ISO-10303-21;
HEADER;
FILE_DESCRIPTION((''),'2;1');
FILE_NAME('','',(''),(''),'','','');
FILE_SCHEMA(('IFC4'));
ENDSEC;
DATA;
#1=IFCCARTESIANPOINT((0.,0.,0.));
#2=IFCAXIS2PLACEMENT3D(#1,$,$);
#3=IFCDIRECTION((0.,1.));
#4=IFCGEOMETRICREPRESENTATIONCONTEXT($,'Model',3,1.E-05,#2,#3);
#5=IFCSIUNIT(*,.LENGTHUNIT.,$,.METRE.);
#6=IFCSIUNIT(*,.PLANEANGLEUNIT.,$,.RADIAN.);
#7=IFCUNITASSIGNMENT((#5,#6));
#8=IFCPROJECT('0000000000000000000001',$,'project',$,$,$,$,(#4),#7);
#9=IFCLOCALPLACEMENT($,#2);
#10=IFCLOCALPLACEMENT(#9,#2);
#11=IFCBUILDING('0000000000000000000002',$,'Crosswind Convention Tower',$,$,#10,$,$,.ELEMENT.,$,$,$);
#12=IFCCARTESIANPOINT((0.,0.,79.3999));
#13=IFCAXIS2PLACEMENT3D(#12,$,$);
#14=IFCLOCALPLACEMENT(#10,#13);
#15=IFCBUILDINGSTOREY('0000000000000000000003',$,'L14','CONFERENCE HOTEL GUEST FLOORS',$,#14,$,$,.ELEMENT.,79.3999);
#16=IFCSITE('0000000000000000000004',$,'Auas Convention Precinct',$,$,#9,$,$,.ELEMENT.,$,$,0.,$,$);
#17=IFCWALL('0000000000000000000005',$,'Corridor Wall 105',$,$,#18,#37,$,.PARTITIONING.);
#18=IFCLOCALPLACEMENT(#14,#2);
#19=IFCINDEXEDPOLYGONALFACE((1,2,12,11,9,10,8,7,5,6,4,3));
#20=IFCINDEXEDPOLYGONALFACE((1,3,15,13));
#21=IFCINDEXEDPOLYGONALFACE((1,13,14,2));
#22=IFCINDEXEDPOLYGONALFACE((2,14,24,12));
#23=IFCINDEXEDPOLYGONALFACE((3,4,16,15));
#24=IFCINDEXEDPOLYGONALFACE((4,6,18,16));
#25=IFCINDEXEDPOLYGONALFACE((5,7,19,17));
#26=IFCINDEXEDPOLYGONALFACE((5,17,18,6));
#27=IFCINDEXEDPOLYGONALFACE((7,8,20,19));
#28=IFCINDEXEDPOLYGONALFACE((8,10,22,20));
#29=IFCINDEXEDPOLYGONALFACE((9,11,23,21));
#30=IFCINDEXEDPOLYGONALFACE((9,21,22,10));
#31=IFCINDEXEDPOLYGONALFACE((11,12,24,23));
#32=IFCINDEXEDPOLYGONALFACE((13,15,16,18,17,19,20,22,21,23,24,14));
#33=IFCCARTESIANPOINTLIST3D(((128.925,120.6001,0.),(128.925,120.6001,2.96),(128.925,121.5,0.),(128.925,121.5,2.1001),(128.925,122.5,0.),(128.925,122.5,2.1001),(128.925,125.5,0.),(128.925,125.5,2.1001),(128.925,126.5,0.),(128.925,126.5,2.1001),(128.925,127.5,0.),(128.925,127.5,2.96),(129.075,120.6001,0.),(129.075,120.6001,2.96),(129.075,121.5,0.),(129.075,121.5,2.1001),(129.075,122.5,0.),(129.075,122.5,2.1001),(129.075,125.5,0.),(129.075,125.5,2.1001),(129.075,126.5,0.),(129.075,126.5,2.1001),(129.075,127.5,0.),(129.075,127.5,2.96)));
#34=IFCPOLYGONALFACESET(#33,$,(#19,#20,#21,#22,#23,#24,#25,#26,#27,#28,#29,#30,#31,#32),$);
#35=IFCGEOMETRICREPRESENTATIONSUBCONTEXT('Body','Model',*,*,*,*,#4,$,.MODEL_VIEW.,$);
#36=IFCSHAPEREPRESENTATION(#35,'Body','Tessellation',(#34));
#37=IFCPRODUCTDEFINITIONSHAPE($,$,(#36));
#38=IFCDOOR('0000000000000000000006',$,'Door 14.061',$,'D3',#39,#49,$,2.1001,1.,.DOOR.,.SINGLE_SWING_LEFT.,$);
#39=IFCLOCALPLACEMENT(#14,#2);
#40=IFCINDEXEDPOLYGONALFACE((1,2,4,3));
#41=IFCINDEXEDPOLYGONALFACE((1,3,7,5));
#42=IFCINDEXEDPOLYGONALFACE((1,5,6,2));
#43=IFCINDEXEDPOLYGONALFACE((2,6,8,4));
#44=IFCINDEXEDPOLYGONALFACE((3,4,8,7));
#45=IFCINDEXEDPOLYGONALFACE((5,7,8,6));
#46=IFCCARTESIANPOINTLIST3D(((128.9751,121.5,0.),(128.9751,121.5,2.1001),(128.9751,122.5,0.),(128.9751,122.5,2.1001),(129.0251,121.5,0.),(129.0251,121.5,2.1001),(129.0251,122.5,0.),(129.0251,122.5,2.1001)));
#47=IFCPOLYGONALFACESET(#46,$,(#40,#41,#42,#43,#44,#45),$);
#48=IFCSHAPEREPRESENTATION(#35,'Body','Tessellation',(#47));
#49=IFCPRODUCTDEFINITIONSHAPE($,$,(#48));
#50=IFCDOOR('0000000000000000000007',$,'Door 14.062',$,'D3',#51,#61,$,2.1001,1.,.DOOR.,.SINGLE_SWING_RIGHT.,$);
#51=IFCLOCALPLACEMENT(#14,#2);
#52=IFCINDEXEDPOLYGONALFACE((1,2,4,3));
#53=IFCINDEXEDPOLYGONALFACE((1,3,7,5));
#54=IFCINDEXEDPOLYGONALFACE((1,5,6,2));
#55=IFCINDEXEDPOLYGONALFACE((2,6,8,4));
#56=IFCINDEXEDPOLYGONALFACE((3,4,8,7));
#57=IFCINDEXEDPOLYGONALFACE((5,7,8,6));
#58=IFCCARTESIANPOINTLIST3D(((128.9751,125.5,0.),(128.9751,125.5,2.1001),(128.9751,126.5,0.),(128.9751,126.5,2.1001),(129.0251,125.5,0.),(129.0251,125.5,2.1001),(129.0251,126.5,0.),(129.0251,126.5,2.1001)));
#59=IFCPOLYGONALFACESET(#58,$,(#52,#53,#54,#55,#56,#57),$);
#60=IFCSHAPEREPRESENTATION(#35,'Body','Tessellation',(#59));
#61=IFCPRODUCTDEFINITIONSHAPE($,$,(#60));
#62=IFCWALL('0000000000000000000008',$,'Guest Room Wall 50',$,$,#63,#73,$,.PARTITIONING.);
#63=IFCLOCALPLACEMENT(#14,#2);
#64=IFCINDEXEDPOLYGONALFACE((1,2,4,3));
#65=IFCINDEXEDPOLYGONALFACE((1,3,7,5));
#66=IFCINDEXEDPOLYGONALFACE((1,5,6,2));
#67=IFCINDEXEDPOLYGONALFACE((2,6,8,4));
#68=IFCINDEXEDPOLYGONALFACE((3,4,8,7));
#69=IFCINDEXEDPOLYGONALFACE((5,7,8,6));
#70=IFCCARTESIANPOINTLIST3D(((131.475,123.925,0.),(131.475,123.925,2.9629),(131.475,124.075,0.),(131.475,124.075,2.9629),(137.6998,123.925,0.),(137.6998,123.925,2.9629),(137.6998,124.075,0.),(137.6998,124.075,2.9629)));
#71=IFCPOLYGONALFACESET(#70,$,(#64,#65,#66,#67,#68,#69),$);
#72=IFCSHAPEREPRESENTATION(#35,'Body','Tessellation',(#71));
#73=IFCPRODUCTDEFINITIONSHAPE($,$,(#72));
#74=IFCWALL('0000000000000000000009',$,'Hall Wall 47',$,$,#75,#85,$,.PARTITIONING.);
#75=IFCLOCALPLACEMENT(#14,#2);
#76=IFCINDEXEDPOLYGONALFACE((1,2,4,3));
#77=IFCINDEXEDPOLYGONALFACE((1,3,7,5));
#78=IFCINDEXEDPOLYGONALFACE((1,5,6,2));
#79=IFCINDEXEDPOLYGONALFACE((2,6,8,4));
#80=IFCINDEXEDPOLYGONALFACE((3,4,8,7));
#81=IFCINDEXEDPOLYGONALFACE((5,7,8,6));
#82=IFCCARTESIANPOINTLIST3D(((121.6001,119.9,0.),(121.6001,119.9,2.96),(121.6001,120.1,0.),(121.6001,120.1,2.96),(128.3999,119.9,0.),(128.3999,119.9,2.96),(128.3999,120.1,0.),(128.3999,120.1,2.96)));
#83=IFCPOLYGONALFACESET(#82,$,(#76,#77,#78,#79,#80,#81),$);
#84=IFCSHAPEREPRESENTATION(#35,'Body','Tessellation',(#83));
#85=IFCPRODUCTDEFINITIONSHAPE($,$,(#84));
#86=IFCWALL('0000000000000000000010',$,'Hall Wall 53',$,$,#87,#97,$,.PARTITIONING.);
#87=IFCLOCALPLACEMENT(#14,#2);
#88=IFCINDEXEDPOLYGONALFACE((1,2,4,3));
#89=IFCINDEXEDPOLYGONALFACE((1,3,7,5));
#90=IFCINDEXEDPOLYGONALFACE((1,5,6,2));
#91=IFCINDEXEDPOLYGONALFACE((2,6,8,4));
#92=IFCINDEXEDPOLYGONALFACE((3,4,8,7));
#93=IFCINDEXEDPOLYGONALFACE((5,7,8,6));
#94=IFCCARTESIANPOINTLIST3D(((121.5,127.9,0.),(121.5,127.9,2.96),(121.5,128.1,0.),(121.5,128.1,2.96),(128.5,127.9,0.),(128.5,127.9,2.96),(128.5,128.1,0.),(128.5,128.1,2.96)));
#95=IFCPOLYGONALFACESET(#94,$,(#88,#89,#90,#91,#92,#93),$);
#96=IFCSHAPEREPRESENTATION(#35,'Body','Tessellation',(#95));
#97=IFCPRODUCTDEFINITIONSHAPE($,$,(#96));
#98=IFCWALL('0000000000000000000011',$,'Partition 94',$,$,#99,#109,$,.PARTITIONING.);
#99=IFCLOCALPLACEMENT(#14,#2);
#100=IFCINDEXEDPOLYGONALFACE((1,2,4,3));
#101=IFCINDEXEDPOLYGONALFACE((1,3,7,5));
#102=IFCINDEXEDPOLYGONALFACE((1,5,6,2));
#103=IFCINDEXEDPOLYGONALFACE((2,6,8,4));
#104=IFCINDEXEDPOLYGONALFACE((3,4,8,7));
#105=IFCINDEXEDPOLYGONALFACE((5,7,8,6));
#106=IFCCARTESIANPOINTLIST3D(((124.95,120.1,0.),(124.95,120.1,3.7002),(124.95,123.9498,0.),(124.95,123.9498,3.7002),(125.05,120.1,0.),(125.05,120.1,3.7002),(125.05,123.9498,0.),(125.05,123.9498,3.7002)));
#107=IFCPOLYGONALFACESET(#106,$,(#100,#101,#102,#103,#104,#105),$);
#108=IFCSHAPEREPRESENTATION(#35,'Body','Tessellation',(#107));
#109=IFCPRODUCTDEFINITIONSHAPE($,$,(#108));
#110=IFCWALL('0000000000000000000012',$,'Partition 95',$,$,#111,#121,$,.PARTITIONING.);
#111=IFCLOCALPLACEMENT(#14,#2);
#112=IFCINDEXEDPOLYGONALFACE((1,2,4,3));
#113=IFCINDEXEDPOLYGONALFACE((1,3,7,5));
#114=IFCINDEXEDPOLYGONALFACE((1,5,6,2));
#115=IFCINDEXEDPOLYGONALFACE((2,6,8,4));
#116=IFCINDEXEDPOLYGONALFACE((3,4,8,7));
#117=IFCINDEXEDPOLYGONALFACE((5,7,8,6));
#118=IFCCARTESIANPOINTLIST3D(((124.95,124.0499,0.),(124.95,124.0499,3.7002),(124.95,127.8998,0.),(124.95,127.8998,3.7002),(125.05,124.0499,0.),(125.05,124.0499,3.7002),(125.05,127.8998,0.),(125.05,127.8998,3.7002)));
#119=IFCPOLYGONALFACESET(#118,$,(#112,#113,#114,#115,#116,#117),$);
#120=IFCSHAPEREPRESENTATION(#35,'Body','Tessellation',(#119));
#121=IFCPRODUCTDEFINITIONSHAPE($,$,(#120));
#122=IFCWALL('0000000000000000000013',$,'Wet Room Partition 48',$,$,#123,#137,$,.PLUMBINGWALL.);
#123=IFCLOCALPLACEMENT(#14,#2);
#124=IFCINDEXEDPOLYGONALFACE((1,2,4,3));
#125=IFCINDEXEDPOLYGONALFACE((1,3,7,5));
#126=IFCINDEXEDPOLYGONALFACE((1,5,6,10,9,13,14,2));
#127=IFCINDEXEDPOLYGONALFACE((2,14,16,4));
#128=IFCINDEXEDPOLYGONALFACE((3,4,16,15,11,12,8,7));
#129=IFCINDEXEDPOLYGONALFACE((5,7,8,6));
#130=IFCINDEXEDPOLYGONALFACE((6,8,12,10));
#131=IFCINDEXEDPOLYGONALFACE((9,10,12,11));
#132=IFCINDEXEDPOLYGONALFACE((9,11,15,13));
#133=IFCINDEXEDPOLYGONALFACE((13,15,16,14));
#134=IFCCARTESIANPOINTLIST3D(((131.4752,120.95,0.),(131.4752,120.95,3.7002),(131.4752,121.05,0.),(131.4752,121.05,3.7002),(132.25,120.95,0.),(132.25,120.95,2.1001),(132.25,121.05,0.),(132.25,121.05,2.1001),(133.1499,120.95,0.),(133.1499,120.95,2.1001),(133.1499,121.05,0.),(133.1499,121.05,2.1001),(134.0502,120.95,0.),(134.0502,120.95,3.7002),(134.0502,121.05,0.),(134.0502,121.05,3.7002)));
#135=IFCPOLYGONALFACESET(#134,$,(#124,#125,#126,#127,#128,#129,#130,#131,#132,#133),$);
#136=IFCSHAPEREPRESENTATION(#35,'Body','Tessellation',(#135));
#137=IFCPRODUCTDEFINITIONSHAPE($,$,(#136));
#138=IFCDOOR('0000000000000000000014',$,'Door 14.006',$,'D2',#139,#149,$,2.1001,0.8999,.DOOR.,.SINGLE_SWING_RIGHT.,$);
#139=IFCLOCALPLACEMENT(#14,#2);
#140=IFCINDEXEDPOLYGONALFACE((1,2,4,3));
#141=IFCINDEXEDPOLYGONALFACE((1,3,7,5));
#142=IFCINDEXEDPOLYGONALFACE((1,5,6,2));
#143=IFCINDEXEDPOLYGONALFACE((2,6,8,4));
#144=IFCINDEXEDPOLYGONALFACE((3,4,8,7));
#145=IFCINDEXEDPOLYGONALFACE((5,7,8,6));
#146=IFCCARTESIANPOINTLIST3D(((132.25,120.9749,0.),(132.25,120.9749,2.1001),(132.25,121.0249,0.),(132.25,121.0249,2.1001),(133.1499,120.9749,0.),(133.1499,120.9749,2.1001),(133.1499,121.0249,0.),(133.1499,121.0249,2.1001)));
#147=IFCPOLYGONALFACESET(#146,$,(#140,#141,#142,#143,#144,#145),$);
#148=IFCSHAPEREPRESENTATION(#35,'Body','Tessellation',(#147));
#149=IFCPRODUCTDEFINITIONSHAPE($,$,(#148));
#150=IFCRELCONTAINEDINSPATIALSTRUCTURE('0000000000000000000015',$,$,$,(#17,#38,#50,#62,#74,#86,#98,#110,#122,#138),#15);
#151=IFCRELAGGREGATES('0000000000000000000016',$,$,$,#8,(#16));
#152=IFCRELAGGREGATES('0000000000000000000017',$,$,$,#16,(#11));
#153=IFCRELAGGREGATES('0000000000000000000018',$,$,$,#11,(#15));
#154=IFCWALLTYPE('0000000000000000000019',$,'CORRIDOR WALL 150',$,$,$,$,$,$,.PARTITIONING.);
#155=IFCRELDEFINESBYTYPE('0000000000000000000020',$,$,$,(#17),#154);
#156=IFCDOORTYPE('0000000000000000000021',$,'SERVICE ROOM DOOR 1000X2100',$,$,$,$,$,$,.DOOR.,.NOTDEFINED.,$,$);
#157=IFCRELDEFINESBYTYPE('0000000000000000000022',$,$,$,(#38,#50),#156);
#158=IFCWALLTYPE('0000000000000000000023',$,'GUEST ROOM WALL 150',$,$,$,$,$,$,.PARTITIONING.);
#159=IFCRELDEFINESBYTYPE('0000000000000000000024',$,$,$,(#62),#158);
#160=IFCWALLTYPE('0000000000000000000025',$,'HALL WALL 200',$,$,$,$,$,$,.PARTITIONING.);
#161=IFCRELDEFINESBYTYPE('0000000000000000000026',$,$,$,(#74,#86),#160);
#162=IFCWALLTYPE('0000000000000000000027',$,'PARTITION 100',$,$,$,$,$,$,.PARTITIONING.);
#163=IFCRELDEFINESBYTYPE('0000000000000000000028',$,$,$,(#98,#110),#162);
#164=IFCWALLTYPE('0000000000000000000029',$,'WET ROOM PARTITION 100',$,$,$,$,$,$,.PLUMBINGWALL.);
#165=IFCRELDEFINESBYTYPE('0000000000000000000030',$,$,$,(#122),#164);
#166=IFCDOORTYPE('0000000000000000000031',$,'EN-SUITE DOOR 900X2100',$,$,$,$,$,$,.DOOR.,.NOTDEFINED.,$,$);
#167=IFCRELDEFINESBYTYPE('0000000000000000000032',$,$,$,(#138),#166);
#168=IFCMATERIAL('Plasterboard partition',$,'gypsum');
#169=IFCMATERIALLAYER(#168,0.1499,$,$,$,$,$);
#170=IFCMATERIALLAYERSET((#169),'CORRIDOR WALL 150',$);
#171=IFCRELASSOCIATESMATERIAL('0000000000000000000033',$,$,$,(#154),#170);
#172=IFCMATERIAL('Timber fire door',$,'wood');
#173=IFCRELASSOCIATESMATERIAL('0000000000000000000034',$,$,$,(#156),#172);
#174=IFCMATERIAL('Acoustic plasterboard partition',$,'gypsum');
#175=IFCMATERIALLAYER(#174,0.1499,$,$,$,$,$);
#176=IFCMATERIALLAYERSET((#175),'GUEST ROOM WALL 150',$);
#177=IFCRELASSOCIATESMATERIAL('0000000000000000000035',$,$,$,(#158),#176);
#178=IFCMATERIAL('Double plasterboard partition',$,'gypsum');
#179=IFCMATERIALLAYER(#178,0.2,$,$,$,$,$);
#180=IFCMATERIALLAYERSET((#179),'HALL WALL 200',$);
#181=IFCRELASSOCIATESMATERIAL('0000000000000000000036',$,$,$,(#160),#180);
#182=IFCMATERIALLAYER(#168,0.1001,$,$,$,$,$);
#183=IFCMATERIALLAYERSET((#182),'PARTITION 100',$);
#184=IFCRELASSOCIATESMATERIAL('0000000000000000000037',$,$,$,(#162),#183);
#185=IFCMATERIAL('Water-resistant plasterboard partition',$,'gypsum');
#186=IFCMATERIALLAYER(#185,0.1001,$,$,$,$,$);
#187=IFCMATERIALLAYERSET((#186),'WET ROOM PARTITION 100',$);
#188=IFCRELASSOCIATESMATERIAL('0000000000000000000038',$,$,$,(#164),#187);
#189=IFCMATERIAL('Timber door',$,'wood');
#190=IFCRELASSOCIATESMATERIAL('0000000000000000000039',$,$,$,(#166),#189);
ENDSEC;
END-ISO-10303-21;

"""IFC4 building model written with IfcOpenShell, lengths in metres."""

from ifc_helpers import new_model, si_unit, direction, frame, frame_2d, origin, place, context, subcontext, project, spatial, rectangle, extrude, material, layer, layer_set, type_object, element, fill, save


model = new_model("IFC4")

# Units and contexts
model_context = context("Model", 3, precision=1e-05, world=origin(), true_north=direction((0.0, 1.0)))
body_context = subcontext(model_context, "Body", "Model", "MODEL_VIEW")
ifc_project = project(units=[si_unit("LENGTHUNIT", "METRE"), si_unit("PLANEANGLEUNIT", "RADIAN")], contexts=[model_context])

# Site, building, storey
site_placement = place(None, origin())
site = spatial("IfcSite", under=ifc_project, at=site_placement, Name="Auas Convention Precinct", CompositionType="ELEMENT", RefElevation=0.0)
building_placement = place(site_placement, origin())
building = spatial("IfcBuilding", under=site, at=building_placement, Name="Crosswind Convention Tower", CompositionType="ELEMENT")
storey_placement = place(building_placement, frame((0.0, 0.0, 79.3999)))
storey = spatial("IfcBuildingStorey", under=building, at=storey_placement, Name="L14", Description="CONFERENCE HOTEL GUEST FLOORS", CompositionType="ELEMENT", Elevation=79.3999)

# Wall, openings, doors
ifc_material_1 = material(Name="Plasterboard partition", Category="gypsum")
ifc_layer_1 = layer(ifc_material_1, 0.1499)
ifc_layer_set_1 = layer_set([ifc_layer_1], Name="CORRIDOR WALL 150")
wall_type_1 = type_object("IfcWallType", Name="CORRIDOR WALL 150", PredefinedType="PARTITIONING", material=ifc_layer_set_1)
wall_1_placement = place(storey_placement, frame((129.0, 120.6001, 0.0), z_axis=(0.0, 0.0, 1.0), x_axis=(0.0, 1.0, 0.0)))
wall_1 = element("IfcWall", 1, at=wall_1_placement, inside=storey, type_object=wall_type_1, Name="Corridor Wall 105", PredefinedType="PARTITIONING", context=body_context, shape_type="SweptSolid", body=[
    extrude(rectangle(XDim=6.8999, YDim=0.1499, at=frame_2d((3.45, 0.0))), origin(), (0.0, 0.0, 1.0), 2.96),
])
opening_1_placement = place(wall_1_placement, frame((0.8999, 0.0, 0.0)))
opening_1 = element("IfcOpeningElement", 2, at=opening_1_placement, cuts=wall_1, PredefinedType="OPENING", context=body_context, shape_type="SweptSolid", body=[
    extrude(rectangle(XDim=1.0, YDim=2.1001, at=frame_2d((0.5, 1.05))), frame((0.0, 0.085, 0.0), z_axis=(0.0, -1.0, 0.0), x_axis=(1.0, 0.0, 0.0)), (0.0, 0.0, 1.0), 0.1699),
])
opening_2_placement = place(wall_1_placement, frame((4.8999, 0.0, 0.0)))
opening_2 = element("IfcOpeningElement", 3, at=opening_2_placement, cuts=wall_1, PredefinedType="OPENING", context=body_context, shape_type="SweptSolid", body=[
    extrude(rectangle(XDim=1.0, YDim=2.1001, at=frame_2d((0.5, 1.05))), frame((0.0, 0.085, 0.0), z_axis=(0.0, -1.0, 0.0), x_axis=(1.0, 0.0, 0.0)), (0.0, 0.0, 1.0), 0.1699),
])
ifc_material_2 = material(Name="Timber fire door", Category="wood")
door_type_1 = type_object("IfcDoorType", Name="SERVICE ROOM DOOR 1000X2100", OperationType="NOTDEFINED", PredefinedType="DOOR", material=ifc_material_2)
door_1_placement = place(opening_1_placement, origin())
door_1 = element("IfcDoor", 4, at=door_1_placement, inside=storey, type_object=door_type_1, Name="Door 14.061", ObjectType="D3", OperationType="SINGLE_SWING_LEFT", OverallHeight=2.1001, OverallWidth=1.0, PredefinedType="DOOR", context=body_context, shape_type="SweptSolid", body=[
    extrude(rectangle(XDim=1.0, YDim=2.1001, at=frame_2d((0.5, 1.05))), frame((0.0, 0.0249, 0.0), z_axis=(0.0, -1.0, 0.0), x_axis=(1.0, 0.0, 0.0)), (0.0, 0.0, 1.0), 0.05),
])
fill(opening_1, door_1)
door_2_placement = place(opening_2_placement, origin())
door_2 = element("IfcDoor", 5, at=door_2_placement, inside=storey, type_object=door_type_1, Name="Door 14.062", ObjectType="D3", OperationType="SINGLE_SWING_RIGHT", OverallHeight=2.1001, OverallWidth=1.0, PredefinedType="DOOR", context=body_context, shape_type="SweptSolid", body=[
    extrude(rectangle(XDim=1.0, YDim=2.1001, at=frame_2d((0.5, 1.05))), frame((0.0, 0.0249, 0.0), z_axis=(0.0, -1.0, 0.0), x_axis=(1.0, 0.0, 0.0)), (0.0, 0.0, 1.0), 0.05),
])
fill(opening_2, door_2)

# Walls
ifc_material_3 = material(Name="Acoustic plasterboard partition", Category="gypsum")
ifc_layer_2 = layer(ifc_material_3, 0.1499)
ifc_layer_set_2 = layer_set([ifc_layer_2], Name="GUEST ROOM WALL 150")
wall_type_2 = type_object("IfcWallType", Name="GUEST ROOM WALL 150", PredefinedType="PARTITIONING", material=ifc_layer_set_2)
wall_2_placement = place(storey_placement, frame((131.4751, 124.0, 0.0), z_axis=(0.0, 0.0, 1.0), x_axis=(1.0, 0.0, 0.0)))
element("IfcWall", 6, at=wall_2_placement, inside=storey, type_object=wall_type_2, Name="Guest Room Wall 50", PredefinedType="PARTITIONING", context=body_context, shape_type="SweptSolid", body=[
    extrude(rectangle(XDim=6.2249, YDim=0.1499, at=frame_2d((3.1123, 0.0))), origin(), (0.0, 0.0, 1.0), 2.9629),
])
ifc_material_4 = material(Name="Double plasterboard partition", Category="gypsum")
ifc_layer_3 = layer(ifc_material_4, 0.2)
ifc_layer_set_3 = layer_set([ifc_layer_3], Name="HALL WALL 200")
wall_type_3 = type_object("IfcWallType", Name="HALL WALL 200", PredefinedType="PARTITIONING", material=ifc_layer_set_3)
wall_3_placement = place(storey_placement, frame((121.6001, 120.0, 0.0), z_axis=(0.0, 0.0, 1.0), x_axis=(1.0, 0.0, 0.0)))
element("IfcWall", 7, at=wall_3_placement, inside=storey, type_object=wall_type_3, Name="Hall Wall 47", PredefinedType="PARTITIONING", context=body_context, shape_type="SweptSolid", body=[
    extrude(rectangle(XDim=6.7998, YDim=0.2, at=frame_2d((3.3999, 0.0))), origin(), (0.0, 0.0, 1.0), 2.96),
])
wall_4_placement = place(storey_placement, frame((121.5, 128.0, 0.0), z_axis=(0.0, 0.0, 1.0), x_axis=(1.0, 0.0, 0.0)))
element("IfcWall", 8, at=wall_4_placement, inside=storey, type_object=wall_type_3, Name="Hall Wall 53", PredefinedType="PARTITIONING", context=body_context, shape_type="SweptSolid", body=[
    extrude(rectangle(XDim=7.0, YDim=0.2, at=frame_2d((3.5, 0.0))), origin(), (0.0, 0.0, 1.0), 2.96),
])
ifc_layer_4 = layer(ifc_material_1, 0.1001)
ifc_layer_set_4 = layer_set([ifc_layer_4], Name="PARTITION 100")
wall_type_4 = type_object("IfcWallType", Name="PARTITION 100", PredefinedType="PARTITIONING", material=ifc_layer_set_4)
for number, where, z_axis, x_axis, name in (
    (9, (125.0, 120.1001, 0.0), (0.0, 0.0, 1.0), (0.0, 1.0, 0.0), "Partition 94"),
    (10, (125.0, 124.05, 0.0), (0.0, 0.0, 1.0), (0.0, 1.0, 0.0), "Partition 95"),
):
    element("IfcWall", number, at=place(storey_placement, frame(where, z_axis=z_axis, x_axis=x_axis)), inside=storey, type_object=wall_type_4, Name=name, PredefinedType="PARTITIONING", context=body_context, shape_type="SweptSolid", body=[
        extrude(rectangle(XDim=3.8499, YDim=0.1001, at=frame_2d((1.9248, 0.0))), origin(), (0.0, 0.0, 1.0), 3.7002),
    ])

# Wall, opening, door
ifc_material_5 = material(Name="Water-resistant plasterboard partition", Category="gypsum")
ifc_layer_5 = layer(ifc_material_5, 0.1001)
ifc_layer_set_5 = layer_set([ifc_layer_5], Name="WET ROOM PARTITION 100")
wall_type_5 = type_object("IfcWallType", Name="WET ROOM PARTITION 100", PredefinedType="PLUMBINGWALL", material=ifc_layer_set_5)
wall_5_placement = place(storey_placement, frame((131.4751, 121.0, 0.0), z_axis=(0.0, 0.0, 1.0), x_axis=(1.0, 0.0, 0.0)))
wall_5 = element("IfcWall", 11, at=wall_5_placement, inside=storey, type_object=wall_type_5, Name="Wet Room Partition 48", PredefinedType="PLUMBINGWALL", context=body_context, shape_type="SweptSolid", body=[
    extrude(rectangle(XDim=2.575, YDim=0.1001, at=frame_2d((1.2876, 0.0))), origin(), (0.0, 0.0, 1.0), 3.7002),
])
opening_3_placement = place(wall_5_placement, frame((0.7749, 0.0, 0.0)))
opening_3 = element("IfcOpeningElement", 12, at=opening_3_placement, cuts=wall_5, PredefinedType="OPENING", context=body_context, shape_type="SweptSolid", body=[
    extrude(rectangle(XDim=0.8999, YDim=2.1001, at=frame_2d((0.45, 1.05))), frame((0.0, 0.0601, 0.0), z_axis=(0.0, -1.0, 0.0), x_axis=(1.0, 0.0, 0.0)), (0.0, 0.0, 1.0), 0.1201),
])
ifc_material_6 = material(Name="Timber door", Category="wood")
door_type_2 = type_object("IfcDoorType", Name="EN-SUITE DOOR 900X2100", OperationType="NOTDEFINED", PredefinedType="DOOR", material=ifc_material_6)
door_3_placement = place(opening_3_placement, origin())
door_3 = element("IfcDoor", 13, at=door_3_placement, inside=storey, type_object=door_type_2, Name="Door 14.006", ObjectType="D2", OperationType="SINGLE_SWING_RIGHT", OverallHeight=2.1001, OverallWidth=0.8999, PredefinedType="DOOR", context=body_context, shape_type="SweptSolid", body=[
    extrude(rectangle(XDim=0.8999, YDim=2.1001, at=frame_2d((0.45, 1.05))), frame((0.0, 0.0249, 0.0), z_axis=(0.0, -1.0, 0.0), x_axis=(1.0, 0.0, 0.0)), (0.0, 0.0, 1.0), 0.05),
])
fill(opening_3, door_3)

save(model, "model.ifc")
